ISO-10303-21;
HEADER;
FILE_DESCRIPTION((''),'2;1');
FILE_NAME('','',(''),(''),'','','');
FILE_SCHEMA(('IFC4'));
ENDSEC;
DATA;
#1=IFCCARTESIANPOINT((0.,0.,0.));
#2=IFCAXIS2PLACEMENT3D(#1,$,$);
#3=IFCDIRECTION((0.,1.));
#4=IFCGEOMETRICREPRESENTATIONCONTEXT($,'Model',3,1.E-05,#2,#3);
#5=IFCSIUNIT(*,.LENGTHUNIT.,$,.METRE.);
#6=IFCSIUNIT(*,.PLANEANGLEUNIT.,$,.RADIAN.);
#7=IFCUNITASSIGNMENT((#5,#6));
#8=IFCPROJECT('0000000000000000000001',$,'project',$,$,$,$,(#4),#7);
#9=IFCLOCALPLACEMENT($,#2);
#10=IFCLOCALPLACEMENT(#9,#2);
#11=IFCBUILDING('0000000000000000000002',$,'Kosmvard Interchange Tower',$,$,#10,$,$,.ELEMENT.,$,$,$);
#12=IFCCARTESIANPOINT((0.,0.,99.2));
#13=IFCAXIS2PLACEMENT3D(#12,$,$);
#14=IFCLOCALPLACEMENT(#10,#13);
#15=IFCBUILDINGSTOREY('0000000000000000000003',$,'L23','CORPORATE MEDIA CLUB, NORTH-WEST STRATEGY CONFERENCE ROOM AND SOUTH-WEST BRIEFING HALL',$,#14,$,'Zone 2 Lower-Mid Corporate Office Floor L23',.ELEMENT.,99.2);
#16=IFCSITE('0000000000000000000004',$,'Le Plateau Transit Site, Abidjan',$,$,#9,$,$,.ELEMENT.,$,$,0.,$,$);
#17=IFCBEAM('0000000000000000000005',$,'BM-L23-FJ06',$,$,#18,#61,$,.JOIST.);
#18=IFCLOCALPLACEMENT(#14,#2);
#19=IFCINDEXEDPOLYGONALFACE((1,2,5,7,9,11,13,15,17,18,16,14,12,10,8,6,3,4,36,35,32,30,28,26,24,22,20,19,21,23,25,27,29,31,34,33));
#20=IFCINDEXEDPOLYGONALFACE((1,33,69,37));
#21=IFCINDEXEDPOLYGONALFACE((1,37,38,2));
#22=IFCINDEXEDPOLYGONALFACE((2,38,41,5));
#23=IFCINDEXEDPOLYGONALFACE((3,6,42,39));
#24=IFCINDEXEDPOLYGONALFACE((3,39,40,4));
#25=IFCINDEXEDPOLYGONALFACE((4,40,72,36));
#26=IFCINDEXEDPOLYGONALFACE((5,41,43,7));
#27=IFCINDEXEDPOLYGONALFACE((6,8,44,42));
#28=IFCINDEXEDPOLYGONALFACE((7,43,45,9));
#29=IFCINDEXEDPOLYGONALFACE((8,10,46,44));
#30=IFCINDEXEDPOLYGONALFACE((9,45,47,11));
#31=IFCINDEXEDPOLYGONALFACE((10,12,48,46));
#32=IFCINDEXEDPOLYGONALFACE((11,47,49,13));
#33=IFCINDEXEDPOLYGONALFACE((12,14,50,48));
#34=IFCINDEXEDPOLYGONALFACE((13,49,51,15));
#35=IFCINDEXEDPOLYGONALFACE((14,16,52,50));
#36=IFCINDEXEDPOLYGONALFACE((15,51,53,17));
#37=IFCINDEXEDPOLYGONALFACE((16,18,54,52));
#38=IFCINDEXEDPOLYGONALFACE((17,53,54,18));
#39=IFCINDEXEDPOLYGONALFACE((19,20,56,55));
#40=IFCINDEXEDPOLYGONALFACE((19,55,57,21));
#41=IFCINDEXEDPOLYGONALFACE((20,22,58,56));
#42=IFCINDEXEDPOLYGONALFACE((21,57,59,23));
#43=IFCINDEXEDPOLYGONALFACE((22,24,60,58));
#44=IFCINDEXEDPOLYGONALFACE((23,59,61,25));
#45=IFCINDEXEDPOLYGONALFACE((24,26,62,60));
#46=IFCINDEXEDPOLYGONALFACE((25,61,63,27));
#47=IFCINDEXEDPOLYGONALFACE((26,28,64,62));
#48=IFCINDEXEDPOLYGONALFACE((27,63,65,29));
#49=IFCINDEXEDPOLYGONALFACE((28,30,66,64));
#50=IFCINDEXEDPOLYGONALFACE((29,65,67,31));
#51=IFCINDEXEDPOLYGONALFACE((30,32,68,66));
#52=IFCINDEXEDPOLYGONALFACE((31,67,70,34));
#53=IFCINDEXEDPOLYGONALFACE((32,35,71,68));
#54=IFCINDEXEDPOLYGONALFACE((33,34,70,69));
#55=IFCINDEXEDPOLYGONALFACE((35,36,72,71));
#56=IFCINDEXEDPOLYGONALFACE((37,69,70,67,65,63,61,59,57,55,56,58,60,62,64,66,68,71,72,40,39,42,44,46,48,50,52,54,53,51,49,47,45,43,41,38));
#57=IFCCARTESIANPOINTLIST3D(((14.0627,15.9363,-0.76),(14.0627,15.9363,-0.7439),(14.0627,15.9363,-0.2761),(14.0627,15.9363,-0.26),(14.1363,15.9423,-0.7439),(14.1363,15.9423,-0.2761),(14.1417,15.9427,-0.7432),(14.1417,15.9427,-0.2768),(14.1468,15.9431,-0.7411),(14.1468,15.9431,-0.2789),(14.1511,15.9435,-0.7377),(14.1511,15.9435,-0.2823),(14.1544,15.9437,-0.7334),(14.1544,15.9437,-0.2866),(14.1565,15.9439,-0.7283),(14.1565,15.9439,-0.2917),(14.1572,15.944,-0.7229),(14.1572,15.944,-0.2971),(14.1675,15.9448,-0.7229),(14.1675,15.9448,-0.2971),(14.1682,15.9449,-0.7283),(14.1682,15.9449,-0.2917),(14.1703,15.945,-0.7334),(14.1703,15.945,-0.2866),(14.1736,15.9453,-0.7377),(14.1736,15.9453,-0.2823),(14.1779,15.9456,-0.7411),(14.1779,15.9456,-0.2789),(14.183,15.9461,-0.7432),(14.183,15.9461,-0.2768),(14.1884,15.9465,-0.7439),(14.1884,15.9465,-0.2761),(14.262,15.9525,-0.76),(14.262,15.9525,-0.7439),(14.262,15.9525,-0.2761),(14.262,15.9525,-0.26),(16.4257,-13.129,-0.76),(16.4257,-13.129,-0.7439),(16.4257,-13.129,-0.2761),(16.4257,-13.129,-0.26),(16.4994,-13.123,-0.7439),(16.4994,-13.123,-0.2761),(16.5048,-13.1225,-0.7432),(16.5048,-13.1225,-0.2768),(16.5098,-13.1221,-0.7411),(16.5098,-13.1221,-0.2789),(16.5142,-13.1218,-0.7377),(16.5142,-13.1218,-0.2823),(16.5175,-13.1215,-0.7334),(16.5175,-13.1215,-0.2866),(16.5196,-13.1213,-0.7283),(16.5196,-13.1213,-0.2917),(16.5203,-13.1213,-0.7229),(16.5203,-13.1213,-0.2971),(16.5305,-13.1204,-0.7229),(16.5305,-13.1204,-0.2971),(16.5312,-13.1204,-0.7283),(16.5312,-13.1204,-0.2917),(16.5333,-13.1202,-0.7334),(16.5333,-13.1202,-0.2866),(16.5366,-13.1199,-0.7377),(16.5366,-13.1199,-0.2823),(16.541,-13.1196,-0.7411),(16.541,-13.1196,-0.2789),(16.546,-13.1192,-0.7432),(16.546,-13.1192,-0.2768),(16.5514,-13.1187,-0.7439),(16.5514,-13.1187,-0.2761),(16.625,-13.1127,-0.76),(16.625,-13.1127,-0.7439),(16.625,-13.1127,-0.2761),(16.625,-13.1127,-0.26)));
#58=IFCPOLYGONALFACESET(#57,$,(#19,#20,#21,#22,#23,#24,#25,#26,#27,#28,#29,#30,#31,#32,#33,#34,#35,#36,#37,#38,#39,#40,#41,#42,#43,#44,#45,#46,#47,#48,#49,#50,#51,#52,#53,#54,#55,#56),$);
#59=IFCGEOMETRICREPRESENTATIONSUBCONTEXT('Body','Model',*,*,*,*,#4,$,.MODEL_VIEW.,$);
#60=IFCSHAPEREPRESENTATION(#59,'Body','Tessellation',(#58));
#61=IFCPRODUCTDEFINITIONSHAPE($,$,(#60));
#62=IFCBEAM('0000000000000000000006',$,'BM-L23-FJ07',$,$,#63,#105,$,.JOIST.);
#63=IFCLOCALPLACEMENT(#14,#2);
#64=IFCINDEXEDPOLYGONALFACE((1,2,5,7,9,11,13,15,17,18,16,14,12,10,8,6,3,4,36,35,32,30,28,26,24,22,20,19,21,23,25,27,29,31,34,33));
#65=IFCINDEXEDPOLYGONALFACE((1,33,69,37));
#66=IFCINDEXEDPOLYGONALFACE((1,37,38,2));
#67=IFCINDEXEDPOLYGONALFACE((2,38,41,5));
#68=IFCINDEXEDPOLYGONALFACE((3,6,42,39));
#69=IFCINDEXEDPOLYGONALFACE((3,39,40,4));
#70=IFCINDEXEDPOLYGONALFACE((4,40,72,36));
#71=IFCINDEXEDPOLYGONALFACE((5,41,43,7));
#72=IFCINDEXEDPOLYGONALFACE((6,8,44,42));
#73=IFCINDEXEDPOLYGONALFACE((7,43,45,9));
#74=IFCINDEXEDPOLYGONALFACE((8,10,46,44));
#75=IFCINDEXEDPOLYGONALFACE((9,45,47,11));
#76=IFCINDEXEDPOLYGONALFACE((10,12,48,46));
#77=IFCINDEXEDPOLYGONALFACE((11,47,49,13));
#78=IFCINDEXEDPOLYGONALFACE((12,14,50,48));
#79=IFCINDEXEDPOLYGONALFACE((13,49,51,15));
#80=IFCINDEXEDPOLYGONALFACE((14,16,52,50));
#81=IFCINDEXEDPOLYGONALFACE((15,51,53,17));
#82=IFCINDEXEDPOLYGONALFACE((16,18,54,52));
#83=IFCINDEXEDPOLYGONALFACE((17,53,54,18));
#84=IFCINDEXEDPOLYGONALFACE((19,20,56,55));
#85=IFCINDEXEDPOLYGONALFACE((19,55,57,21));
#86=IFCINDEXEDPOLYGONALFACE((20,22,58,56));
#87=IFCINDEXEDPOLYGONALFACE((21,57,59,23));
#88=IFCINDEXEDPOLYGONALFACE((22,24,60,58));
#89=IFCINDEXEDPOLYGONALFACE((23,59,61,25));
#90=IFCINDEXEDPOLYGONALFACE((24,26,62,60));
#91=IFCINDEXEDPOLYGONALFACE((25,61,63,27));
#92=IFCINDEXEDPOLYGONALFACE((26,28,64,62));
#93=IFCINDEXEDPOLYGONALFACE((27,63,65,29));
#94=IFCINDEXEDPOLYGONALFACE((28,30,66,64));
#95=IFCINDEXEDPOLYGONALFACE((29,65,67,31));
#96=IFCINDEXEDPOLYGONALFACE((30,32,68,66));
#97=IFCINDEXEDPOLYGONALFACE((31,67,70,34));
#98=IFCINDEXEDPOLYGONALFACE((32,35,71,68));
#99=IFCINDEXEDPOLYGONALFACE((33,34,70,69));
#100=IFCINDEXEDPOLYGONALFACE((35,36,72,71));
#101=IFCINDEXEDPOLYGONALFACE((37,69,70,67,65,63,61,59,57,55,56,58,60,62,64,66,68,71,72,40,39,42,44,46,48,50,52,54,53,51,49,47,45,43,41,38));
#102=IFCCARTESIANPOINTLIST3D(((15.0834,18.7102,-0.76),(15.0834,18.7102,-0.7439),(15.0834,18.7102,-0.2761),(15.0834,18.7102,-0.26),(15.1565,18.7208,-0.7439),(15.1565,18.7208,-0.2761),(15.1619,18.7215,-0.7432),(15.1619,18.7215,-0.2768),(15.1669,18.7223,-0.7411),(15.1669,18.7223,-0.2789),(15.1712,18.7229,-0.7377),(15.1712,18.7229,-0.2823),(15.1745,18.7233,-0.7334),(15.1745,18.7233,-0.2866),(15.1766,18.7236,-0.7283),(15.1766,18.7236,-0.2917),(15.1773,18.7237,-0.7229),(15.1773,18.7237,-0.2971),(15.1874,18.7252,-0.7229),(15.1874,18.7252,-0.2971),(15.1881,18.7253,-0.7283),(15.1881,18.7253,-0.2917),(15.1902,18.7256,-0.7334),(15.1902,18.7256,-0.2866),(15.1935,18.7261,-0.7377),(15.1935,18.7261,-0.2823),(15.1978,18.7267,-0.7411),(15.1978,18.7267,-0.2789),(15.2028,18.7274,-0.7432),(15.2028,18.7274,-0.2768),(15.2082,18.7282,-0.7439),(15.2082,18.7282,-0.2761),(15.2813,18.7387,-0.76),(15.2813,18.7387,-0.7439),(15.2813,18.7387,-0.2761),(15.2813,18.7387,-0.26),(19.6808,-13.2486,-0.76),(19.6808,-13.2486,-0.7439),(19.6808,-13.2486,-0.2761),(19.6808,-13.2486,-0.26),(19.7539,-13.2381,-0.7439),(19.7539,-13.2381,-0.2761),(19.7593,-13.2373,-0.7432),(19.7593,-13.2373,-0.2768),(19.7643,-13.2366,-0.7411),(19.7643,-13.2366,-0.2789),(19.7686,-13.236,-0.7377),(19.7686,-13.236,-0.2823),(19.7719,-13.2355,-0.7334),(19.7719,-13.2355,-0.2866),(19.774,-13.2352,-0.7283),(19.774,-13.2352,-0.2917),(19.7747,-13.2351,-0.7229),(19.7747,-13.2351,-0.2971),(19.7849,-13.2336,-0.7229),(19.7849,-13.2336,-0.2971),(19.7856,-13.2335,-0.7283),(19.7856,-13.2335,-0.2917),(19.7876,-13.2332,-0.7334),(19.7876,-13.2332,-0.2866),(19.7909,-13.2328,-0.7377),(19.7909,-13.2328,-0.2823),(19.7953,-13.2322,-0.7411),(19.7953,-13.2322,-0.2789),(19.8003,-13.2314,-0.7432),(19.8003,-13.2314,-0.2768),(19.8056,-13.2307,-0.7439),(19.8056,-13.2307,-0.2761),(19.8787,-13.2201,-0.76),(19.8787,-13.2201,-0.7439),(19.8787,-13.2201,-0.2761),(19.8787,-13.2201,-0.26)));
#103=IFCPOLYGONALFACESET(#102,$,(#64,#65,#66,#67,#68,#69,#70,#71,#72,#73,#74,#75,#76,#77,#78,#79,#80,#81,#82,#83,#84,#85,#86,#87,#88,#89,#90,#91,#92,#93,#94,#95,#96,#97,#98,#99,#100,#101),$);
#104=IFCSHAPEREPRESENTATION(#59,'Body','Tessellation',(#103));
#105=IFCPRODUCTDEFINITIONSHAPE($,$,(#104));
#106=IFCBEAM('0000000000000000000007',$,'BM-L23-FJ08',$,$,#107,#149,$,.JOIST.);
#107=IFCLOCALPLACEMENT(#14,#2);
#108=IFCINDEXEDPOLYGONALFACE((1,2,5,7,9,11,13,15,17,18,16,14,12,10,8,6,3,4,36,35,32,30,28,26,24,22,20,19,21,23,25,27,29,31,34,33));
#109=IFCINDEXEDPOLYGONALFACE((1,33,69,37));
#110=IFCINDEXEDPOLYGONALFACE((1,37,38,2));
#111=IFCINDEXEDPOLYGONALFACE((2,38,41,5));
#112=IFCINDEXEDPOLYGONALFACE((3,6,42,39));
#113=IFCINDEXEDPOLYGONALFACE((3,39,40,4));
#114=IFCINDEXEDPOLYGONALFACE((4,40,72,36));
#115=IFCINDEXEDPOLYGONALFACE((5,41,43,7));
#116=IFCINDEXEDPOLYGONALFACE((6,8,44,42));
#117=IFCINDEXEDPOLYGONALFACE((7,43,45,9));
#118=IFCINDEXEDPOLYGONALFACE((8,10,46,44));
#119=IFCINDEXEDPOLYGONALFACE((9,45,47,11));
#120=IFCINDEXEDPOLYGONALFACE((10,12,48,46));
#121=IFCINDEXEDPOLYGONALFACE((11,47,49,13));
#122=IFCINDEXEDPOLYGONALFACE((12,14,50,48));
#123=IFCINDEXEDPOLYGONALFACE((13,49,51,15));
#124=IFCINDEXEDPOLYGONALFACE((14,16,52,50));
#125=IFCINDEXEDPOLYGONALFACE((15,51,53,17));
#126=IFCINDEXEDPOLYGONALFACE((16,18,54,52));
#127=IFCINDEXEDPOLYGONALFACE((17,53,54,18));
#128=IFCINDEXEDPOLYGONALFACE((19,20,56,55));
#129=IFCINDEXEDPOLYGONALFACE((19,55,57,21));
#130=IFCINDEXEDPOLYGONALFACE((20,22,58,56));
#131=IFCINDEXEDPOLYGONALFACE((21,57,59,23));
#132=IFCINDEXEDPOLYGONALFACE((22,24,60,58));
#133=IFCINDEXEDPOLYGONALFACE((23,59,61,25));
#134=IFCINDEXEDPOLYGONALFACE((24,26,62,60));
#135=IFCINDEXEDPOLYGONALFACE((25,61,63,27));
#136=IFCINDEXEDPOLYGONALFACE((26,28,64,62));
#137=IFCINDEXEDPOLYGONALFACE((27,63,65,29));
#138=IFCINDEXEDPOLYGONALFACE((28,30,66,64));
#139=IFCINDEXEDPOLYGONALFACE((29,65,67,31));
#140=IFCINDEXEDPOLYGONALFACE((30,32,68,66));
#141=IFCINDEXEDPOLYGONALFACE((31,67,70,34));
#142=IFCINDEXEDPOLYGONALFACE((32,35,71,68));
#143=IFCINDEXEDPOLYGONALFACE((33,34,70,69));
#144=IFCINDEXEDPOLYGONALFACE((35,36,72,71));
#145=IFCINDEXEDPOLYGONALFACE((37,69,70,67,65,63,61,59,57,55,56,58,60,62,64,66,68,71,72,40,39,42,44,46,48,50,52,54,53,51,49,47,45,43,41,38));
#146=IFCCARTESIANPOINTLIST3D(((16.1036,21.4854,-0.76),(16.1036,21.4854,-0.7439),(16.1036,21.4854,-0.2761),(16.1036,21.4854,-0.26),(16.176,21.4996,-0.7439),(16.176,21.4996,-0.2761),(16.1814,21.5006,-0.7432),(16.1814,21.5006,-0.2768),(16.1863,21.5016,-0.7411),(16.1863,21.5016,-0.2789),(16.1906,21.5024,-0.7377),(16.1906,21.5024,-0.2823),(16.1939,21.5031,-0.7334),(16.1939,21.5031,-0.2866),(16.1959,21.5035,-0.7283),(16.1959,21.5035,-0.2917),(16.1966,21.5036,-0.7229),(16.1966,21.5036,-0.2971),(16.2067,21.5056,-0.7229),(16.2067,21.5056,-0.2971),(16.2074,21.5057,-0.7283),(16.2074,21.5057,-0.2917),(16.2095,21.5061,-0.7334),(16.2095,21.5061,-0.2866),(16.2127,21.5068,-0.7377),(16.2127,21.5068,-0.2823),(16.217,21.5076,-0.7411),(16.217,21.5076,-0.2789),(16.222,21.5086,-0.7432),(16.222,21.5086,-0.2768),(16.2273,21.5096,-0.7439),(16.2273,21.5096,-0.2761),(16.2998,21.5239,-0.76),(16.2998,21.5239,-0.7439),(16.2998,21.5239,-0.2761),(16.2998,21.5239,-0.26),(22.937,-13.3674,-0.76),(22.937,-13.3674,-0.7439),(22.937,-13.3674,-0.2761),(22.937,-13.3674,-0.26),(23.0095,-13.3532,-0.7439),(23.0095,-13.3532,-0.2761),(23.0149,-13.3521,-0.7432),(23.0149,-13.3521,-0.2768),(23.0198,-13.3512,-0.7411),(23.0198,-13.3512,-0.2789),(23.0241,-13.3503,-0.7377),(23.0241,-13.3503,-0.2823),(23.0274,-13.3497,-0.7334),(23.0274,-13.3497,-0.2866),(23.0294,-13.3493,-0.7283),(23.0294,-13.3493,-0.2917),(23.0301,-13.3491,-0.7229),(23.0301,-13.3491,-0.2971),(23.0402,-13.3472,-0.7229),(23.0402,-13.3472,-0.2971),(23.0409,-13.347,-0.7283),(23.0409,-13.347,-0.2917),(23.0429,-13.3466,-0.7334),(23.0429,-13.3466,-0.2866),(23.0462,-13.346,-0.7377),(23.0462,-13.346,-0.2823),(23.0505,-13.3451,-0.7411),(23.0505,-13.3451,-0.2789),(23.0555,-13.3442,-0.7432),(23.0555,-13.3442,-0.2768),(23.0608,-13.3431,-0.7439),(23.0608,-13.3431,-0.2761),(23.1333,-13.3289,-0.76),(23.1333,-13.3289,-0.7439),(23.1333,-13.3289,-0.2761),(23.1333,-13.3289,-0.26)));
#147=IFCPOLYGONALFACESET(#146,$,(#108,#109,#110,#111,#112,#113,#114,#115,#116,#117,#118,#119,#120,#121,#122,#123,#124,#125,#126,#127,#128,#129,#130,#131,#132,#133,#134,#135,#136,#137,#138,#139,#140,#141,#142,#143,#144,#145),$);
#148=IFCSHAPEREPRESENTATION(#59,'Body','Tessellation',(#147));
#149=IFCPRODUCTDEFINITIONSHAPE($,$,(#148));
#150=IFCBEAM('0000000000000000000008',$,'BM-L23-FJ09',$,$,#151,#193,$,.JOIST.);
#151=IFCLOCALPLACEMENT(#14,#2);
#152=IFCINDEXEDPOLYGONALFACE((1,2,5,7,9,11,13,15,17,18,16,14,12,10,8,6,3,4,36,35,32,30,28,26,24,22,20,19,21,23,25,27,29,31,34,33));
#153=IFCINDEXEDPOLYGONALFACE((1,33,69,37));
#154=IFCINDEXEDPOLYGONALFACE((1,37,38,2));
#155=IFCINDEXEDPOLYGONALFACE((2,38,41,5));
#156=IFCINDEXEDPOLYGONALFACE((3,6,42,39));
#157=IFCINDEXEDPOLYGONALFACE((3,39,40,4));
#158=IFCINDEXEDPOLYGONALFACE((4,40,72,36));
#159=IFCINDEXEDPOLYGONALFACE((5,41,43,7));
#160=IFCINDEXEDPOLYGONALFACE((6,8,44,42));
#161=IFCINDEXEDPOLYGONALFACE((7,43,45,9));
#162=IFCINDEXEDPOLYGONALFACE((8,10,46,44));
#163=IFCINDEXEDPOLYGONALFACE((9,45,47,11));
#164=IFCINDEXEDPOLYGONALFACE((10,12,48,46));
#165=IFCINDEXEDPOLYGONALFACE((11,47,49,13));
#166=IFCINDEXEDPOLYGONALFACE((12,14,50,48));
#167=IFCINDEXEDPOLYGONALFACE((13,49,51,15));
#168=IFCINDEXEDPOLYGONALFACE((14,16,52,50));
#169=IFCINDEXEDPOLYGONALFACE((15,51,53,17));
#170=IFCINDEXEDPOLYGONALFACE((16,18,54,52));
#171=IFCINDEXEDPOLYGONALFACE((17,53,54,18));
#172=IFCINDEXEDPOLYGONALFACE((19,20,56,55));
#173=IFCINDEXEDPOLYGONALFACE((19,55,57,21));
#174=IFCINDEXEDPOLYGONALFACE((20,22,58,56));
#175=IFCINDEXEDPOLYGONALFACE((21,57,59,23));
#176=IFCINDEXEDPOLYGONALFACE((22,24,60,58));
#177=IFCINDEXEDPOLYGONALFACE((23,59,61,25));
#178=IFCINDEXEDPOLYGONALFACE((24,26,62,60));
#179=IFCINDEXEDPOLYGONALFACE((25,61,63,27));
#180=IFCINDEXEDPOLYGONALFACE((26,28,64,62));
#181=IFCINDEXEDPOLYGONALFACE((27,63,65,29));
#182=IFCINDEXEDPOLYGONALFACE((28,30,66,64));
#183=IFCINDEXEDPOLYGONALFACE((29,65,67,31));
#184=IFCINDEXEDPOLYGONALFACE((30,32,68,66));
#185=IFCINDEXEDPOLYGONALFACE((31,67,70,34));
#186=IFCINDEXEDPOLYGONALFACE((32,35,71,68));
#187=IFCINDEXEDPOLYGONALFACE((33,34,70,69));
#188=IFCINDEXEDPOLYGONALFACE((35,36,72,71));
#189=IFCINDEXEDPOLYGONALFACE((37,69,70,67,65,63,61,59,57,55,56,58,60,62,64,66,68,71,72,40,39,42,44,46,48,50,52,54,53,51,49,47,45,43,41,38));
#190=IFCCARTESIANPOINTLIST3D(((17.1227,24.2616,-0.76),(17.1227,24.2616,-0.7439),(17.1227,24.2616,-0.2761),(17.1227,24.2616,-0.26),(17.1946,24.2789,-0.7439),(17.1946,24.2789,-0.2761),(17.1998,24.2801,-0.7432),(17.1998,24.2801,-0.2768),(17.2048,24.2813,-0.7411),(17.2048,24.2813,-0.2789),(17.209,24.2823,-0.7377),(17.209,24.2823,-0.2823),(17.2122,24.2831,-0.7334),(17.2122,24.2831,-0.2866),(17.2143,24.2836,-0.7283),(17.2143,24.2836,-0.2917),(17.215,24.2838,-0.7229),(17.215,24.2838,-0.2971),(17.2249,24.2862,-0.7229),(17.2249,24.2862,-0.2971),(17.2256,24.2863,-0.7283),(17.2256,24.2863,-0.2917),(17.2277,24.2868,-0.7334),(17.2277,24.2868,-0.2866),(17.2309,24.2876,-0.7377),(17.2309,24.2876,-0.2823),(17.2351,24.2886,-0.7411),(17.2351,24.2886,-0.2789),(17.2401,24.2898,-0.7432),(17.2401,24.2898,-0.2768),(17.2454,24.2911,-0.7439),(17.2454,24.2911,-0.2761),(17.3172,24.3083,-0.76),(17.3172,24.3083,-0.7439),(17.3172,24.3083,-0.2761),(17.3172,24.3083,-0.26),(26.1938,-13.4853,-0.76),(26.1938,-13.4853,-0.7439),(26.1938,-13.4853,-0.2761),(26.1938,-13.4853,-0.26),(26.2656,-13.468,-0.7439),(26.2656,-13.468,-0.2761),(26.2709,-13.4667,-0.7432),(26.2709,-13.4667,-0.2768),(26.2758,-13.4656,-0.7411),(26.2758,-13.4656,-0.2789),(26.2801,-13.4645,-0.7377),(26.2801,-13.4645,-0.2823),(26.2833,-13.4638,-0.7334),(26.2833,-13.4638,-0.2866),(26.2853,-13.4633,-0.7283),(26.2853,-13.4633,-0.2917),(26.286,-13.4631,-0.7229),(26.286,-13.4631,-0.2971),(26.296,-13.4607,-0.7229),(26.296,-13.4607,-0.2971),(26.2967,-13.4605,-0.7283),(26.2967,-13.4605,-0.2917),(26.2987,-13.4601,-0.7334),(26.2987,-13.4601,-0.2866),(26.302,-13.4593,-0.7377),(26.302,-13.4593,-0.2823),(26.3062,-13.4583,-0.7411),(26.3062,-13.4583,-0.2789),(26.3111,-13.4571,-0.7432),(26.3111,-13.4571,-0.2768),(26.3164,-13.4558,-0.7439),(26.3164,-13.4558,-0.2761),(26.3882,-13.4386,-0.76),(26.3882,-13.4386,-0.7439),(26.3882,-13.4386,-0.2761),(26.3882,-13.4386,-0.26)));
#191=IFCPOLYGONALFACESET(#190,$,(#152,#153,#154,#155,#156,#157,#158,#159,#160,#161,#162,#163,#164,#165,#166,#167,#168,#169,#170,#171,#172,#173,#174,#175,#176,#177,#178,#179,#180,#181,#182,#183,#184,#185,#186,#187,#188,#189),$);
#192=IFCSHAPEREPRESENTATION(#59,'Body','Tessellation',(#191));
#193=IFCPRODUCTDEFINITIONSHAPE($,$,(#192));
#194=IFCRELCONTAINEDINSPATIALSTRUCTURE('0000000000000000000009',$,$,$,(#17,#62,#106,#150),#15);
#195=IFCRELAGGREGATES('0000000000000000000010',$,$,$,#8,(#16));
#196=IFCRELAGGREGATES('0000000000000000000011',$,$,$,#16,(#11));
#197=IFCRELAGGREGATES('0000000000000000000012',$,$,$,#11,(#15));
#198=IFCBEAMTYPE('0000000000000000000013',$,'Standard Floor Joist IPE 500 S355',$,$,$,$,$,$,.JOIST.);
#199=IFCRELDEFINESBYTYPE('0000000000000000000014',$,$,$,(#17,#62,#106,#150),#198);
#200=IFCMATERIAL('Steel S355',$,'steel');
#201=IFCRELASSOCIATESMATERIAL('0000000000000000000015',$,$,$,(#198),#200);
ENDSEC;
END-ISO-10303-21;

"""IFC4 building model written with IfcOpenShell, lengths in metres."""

from ifc_helpers import new_model, si_unit, direction, frame, origin, origin_2d, place, context, subcontext, project, spatial, i_section, extrude, source, transform, mapped, material, material_profile, profile_set, type_object, element, save


model = new_model("IFC4")

# Units and contexts
model_context = context("Model", 3, precision=1e-05, world=origin(), true_north=direction((0.0, 1.0)))
body_context = subcontext(model_context, "Body", "Model", "MODEL_VIEW")
ifc_project = project(units=[si_unit("LENGTHUNIT", "METRE"), si_unit("PLANEANGLEUNIT", "RADIAN")], contexts=[model_context])

# Site, building, storey
site_placement = place(None, origin())
site = spatial("IfcSite", under=ifc_project, at=site_placement, Name="Le Plateau Transit Site, Abidjan", CompositionType="ELEMENT", RefElevation=0.0)
building_placement = place(site_placement, origin())
building = spatial("IfcBuilding", under=site, at=building_placement, Name="Kosmvard Interchange Tower", CompositionType="ELEMENT")
storey_placement = place(building_placement, frame((0.0, 0.0, 99.2)))
storey = spatial("IfcBuildingStorey", under=building, at=storey_placement, Name="L23", Description="CORPORATE MEDIA CLUB, NORTH-WEST STRATEGY CONFERENCE ROOM AND SOUTH-WEST BRIEFING HALL", LongName="Zone 2 Lower-Mid Corporate Office Floor L23", CompositionType="ELEMENT", Elevation=99.2)

# Beams
ifc_material_1 = material(Name="Steel S355", Category="steel")
ifc_material_profile_1 = material_profile(ifc_material_1, i_section(OverallWidth=0.2, OverallDepth=0.5, WebThickness=0.0103, FlangeThickness=0.0161, FilletRadius=0.021, at=origin_2d()), Name="IPE 500")
ifc_profile_set_1 = profile_set([ifc_material_profile_1], Name="Steel S355")
beam_type_1 = type_object("IfcBeamType", Name="Standard Floor Joist IPE 500 S355", PredefinedType="JOIST", material=ifc_profile_set_1)
shared_shape_1 = source(origin(), body_context, "Body", "SweptSolid", [
    extrude(i_section(OverallWidth=0.2, OverallDepth=0.5, WebThickness=0.0103, FlangeThickness=0.0161, FilletRadius=0.021, at=origin_2d()), origin(), (0.0, 0.0, 1.0), 29.1611),
])
beam_1_placement = place(storey_placement, frame((16.5254, -13.1208, -0.51), z_axis=(-0.081034, 0.996711, 0.0), x_axis=(-0.996711, -0.081034, 0.0)))
element("IfcBeam", 1, at=beam_1_placement, inside=storey, type_object=beam_type_1, Name="BM-L23-FJ06", PredefinedType="JOIST", context=body_context, shape_type="MappedRepresentation", body=[
    mapped(shared_shape_1, transform((0.0, 0.0, 0.0), scale=1.0)),
])
shared_shape_2 = source(origin(), body_context, "Body", "SweptSolid", [
    extrude(i_section(OverallWidth=0.2, OverallDepth=0.5, WebThickness=0.0103, FlangeThickness=0.0161, FilletRadius=0.021, at=origin_2d()), origin(), (0.0, 0.0, 1.0), 32.2878),
])
beam_2_placement = place(storey_placement, frame((19.7798, -13.2344, -0.51), z_axis=(-0.142389, 0.989811, 0.0), x_axis=(-0.989811, -0.142389, 0.0)))
element("IfcBeam", 2, at=beam_2_placement, inside=storey, type_object=beam_type_1, Name="BM-L23-FJ07", PredefinedType="JOIST", context=body_context, shape_type="MappedRepresentation", body=[
    mapped(shared_shape_2, transform((0.0, 0.0, 0.0), scale=1.0)),
])
shared_shape_3 = source(origin(), body_context, "Body", "SweptSolid", [
    extrude(i_section(OverallWidth=0.2, OverallDepth=0.5, WebThickness=0.0103, FlangeThickness=0.0161, FilletRadius=0.021, at=origin_2d()), origin(), (0.0, 0.0, 1.0), 35.5164),
])
beam_3_placement = place(storey_placement, frame((23.0352, -13.3481, -0.51), z_axis=(-0.192404, 0.981316, 0.0), x_axis=(-0.981316, -0.192404, 0.0)))
element("IfcBeam", 3, at=beam_3_placement, inside=storey, type_object=beam_type_1, Name="BM-L23-FJ08", PredefinedType="JOIST", context=body_context, shape_type="MappedRepresentation", body=[
    mapped(shared_shape_3, transform((0.0, 0.0, 0.0), scale=1.0)),
])
shared_shape_4 = source(origin(), body_context, "Body", "SweptSolid", [
    extrude(i_section(OverallWidth=0.2, OverallDepth=0.5, WebThickness=0.0103, FlangeThickness=0.0161, FilletRadius=0.021, at=origin_2d()), origin(), (0.0, 0.0, 1.0), 38.8215),
])
beam_4_placement = place(storey_placement, frame((26.291, -13.4619, -0.51), z_axis=(-0.233661, 0.972318, 0.0), x_axis=(-0.972318, -0.233661, 0.0)))
element("IfcBeam", 4, at=beam_4_placement, inside=storey, type_object=beam_type_1, Name="BM-L23-FJ09", PredefinedType="JOIST", context=body_context, shape_type="MappedRepresentation", body=[
    mapped(shared_shape_4, transform((0.0, 0.0, 0.0), scale=1.0)),
])

save(model, "model.ifc")
